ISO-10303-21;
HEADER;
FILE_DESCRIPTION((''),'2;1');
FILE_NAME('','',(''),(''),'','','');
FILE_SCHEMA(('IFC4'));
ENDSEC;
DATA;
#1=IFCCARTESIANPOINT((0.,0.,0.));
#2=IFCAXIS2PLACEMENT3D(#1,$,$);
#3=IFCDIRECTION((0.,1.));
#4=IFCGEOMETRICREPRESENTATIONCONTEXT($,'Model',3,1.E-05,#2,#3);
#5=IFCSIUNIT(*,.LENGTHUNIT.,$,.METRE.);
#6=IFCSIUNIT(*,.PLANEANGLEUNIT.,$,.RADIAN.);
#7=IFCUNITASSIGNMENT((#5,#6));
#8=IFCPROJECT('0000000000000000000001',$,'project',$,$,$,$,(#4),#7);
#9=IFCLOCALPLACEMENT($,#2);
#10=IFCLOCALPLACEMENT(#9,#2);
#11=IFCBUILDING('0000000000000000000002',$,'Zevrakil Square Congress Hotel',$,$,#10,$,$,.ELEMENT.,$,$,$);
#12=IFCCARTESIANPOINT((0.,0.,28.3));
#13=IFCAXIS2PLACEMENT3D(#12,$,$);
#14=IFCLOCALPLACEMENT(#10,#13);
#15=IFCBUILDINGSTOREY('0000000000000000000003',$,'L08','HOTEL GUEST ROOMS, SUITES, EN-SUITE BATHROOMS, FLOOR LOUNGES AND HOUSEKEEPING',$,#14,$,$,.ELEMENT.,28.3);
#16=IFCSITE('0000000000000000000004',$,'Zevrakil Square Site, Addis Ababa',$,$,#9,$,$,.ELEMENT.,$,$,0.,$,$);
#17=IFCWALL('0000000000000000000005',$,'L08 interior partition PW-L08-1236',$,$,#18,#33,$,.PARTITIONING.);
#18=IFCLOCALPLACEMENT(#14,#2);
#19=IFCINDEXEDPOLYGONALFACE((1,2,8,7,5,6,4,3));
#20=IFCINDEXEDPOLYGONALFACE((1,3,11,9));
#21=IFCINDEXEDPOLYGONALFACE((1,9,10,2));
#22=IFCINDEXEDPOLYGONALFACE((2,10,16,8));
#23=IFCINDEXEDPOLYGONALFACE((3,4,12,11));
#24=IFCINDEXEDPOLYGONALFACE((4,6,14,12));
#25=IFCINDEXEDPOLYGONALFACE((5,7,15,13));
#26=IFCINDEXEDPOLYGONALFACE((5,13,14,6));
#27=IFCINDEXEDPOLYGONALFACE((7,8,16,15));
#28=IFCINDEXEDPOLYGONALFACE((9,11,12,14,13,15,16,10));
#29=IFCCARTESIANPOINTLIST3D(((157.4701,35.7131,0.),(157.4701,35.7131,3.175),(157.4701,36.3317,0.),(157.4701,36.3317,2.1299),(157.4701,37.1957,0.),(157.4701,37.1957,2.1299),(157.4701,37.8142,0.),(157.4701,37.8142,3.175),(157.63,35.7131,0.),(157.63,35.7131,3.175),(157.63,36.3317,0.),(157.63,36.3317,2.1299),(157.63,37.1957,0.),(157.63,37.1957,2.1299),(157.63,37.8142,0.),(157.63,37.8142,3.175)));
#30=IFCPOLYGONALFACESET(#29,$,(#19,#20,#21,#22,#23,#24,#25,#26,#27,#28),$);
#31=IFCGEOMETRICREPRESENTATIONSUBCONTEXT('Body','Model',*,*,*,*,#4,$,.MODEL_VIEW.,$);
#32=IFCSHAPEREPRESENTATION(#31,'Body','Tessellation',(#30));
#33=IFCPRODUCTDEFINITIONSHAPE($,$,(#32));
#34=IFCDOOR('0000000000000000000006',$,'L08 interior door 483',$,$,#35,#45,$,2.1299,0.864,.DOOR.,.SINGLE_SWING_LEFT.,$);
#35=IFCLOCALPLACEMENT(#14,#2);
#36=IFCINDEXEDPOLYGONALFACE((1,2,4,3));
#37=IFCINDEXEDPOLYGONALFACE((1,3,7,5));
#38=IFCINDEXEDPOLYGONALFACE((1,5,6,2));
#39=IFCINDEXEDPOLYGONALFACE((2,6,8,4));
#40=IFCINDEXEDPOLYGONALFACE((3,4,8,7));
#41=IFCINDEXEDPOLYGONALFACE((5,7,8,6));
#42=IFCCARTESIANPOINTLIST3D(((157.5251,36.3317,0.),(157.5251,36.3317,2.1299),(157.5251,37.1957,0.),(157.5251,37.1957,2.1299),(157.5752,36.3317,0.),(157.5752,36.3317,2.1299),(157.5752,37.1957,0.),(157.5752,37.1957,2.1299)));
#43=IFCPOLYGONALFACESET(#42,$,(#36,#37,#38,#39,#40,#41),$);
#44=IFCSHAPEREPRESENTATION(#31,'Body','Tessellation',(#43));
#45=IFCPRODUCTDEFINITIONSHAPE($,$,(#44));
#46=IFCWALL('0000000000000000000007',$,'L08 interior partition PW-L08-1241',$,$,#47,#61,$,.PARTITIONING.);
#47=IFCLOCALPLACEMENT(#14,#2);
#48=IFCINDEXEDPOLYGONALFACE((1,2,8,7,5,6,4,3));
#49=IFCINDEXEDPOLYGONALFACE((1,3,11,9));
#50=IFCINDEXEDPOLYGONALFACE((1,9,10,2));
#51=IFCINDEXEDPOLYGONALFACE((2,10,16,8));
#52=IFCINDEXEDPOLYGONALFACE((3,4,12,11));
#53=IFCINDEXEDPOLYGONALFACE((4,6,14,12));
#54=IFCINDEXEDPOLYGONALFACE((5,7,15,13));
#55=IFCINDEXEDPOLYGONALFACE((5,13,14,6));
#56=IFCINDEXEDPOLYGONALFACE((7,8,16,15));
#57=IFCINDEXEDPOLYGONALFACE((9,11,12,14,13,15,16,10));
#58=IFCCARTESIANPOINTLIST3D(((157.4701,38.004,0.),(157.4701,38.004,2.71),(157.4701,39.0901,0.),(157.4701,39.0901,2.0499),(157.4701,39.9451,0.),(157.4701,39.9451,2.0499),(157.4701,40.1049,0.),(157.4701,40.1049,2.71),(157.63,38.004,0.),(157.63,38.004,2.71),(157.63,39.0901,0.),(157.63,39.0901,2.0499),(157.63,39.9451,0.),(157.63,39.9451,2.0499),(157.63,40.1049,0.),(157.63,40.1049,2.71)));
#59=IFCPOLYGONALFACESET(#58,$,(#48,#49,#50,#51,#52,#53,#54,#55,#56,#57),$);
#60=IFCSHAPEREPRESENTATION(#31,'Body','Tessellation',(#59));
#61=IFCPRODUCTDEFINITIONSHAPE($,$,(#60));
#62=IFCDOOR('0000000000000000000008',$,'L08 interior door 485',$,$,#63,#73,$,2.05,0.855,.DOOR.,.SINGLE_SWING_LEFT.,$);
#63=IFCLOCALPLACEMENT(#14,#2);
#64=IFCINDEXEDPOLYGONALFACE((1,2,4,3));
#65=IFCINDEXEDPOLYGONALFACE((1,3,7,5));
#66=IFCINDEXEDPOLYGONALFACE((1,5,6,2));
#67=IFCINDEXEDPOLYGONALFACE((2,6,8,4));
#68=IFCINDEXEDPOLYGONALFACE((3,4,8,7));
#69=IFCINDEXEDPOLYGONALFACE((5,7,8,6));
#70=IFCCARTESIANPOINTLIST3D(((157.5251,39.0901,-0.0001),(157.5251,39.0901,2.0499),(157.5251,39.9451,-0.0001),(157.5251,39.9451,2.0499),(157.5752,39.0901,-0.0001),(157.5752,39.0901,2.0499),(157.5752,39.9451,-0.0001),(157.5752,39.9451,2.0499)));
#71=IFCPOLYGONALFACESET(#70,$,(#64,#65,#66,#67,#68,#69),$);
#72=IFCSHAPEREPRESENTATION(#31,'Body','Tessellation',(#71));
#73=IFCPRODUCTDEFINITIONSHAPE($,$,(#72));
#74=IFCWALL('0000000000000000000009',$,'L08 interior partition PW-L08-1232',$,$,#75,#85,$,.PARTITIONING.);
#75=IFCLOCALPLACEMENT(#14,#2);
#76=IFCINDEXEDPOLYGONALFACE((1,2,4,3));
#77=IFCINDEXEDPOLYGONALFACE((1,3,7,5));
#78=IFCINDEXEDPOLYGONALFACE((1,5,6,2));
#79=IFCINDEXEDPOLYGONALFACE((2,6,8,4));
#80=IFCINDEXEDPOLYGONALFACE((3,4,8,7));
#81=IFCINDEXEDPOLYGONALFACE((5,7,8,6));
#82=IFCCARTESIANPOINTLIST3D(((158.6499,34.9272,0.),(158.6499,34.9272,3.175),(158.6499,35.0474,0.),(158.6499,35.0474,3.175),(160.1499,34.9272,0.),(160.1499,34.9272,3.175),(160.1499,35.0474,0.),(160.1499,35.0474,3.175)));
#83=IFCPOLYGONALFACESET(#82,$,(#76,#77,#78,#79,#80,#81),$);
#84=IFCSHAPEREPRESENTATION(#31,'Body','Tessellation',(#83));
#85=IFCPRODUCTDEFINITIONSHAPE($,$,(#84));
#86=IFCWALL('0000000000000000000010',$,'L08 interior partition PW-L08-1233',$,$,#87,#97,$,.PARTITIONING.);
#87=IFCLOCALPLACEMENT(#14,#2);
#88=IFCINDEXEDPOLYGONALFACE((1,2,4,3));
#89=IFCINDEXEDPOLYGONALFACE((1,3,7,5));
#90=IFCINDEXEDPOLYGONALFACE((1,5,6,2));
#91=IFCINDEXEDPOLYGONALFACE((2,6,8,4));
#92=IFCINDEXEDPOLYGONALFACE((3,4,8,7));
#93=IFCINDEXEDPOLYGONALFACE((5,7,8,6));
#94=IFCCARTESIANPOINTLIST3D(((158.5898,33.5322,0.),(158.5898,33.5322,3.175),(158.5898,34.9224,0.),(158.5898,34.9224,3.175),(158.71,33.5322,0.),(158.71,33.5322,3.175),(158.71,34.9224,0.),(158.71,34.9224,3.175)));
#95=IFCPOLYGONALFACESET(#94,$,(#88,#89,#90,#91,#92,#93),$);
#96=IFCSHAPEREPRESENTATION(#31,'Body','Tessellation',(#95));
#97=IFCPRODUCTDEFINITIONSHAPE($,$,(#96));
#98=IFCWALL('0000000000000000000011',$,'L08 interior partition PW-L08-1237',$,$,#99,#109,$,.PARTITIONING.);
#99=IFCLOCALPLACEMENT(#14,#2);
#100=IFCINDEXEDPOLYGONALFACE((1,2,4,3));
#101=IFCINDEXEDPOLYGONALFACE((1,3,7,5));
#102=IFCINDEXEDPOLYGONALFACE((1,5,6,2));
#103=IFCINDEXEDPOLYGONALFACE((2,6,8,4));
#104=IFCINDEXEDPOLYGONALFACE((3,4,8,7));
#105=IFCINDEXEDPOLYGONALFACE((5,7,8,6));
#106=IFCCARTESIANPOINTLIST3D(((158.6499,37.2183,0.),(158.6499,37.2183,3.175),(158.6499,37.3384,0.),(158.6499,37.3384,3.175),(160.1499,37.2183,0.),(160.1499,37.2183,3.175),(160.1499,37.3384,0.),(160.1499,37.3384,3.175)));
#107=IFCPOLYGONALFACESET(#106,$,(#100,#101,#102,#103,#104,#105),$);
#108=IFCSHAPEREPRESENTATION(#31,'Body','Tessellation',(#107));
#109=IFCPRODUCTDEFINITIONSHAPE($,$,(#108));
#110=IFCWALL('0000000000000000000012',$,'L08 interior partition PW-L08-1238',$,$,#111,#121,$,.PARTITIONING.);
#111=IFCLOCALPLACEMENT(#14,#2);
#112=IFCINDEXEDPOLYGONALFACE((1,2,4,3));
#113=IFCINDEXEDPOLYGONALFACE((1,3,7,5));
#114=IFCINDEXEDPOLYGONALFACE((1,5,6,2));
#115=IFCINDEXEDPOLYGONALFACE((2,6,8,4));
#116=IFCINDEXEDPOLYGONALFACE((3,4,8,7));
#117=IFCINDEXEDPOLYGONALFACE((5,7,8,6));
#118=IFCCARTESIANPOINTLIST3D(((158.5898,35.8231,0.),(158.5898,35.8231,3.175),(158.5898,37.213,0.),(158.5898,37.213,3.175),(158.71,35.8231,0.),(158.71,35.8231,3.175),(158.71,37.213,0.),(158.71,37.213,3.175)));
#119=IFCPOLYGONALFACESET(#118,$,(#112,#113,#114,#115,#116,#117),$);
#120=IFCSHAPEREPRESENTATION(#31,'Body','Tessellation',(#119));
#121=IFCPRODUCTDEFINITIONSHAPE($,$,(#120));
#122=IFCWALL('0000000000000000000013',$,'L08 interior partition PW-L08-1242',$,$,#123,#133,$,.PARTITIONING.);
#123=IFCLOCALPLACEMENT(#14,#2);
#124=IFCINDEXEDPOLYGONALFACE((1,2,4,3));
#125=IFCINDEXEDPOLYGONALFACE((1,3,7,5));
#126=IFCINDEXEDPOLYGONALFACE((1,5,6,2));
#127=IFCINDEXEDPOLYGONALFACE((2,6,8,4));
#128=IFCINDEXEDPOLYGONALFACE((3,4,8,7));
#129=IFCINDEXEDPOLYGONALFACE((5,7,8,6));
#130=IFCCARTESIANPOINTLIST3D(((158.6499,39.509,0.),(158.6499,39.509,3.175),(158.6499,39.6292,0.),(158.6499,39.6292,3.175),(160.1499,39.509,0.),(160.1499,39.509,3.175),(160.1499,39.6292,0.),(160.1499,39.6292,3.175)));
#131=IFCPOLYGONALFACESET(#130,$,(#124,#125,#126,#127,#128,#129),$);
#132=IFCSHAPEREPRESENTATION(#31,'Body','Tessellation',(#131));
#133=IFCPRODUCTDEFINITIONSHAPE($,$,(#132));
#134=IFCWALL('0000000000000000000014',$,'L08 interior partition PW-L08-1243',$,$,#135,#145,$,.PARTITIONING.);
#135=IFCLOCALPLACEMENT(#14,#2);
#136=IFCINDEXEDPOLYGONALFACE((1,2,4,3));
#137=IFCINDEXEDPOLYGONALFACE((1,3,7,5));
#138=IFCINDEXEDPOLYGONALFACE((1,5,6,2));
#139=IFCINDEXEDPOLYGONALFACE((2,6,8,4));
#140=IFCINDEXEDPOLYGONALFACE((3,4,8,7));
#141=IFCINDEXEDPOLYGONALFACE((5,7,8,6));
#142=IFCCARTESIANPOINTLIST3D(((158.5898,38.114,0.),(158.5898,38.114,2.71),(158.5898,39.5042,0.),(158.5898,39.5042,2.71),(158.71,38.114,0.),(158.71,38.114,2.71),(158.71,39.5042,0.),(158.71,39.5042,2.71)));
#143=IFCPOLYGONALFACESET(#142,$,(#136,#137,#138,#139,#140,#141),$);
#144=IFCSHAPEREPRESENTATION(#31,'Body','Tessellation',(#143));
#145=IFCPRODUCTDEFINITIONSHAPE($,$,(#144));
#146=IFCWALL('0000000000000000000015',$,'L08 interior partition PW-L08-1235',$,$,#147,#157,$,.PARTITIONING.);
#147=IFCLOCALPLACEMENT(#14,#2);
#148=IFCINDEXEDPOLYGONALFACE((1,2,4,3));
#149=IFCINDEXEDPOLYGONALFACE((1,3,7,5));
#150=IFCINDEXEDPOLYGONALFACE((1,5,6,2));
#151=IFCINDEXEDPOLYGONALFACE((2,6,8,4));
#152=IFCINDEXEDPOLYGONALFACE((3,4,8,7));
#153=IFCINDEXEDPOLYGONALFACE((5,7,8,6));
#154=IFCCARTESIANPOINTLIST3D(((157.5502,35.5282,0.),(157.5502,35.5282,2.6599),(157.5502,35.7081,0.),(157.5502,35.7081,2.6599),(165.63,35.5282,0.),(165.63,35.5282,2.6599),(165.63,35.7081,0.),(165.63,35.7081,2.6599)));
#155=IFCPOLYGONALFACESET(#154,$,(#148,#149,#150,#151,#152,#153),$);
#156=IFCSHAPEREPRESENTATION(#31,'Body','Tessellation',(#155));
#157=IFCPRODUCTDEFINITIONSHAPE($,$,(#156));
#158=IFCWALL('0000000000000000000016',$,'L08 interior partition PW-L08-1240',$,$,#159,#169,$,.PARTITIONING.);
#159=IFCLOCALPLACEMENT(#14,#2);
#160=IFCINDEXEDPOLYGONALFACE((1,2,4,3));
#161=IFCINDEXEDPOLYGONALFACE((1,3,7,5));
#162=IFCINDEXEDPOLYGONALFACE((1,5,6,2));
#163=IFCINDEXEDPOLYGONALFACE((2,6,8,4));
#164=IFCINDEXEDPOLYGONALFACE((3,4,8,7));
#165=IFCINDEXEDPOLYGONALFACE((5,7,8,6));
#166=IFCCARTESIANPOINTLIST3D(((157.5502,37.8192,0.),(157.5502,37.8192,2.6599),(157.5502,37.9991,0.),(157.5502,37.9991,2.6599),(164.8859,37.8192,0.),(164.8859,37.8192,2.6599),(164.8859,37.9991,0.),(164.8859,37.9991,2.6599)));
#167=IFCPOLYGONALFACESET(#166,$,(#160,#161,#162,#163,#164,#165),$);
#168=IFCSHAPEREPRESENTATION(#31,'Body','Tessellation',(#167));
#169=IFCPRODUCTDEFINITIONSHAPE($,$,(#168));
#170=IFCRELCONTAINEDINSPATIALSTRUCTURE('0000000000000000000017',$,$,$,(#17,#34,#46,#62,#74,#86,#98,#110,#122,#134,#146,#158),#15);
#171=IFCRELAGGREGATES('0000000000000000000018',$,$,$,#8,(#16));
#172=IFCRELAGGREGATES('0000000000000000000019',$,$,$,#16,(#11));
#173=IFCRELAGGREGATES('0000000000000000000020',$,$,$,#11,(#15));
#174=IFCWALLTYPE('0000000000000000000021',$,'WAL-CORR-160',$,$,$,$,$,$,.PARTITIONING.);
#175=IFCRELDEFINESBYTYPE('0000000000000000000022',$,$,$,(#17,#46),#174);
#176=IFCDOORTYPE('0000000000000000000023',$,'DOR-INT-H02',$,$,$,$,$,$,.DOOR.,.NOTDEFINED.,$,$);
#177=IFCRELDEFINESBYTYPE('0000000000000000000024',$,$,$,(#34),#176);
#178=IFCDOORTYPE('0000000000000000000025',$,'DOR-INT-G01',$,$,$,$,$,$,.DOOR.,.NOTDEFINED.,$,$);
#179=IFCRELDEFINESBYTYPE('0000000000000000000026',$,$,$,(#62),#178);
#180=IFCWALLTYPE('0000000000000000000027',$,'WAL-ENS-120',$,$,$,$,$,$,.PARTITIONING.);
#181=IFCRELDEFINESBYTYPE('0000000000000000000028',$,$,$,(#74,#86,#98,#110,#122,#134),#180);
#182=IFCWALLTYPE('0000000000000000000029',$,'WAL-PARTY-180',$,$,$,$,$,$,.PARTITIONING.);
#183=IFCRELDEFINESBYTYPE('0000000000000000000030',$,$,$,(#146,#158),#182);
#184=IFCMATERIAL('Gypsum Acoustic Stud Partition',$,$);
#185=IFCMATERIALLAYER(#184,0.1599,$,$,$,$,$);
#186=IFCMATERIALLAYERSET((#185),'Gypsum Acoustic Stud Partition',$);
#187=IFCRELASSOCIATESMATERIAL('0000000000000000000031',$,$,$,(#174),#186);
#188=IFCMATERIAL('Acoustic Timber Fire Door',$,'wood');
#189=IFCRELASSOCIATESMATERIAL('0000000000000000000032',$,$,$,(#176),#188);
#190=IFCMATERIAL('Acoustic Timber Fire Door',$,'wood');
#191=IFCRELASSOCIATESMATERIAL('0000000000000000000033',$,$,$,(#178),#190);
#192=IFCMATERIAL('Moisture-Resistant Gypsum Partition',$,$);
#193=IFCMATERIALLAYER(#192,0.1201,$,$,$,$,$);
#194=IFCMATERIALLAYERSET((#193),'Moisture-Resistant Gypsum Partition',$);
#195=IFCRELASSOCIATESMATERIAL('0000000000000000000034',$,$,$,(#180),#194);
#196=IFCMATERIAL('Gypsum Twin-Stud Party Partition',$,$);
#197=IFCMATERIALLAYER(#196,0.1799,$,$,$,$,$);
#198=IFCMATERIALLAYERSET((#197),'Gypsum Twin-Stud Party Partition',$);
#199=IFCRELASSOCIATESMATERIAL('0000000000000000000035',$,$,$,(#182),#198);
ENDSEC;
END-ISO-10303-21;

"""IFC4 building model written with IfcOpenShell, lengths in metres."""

from ifc_helpers import new_model, si_unit, direction, frame, frame_2d, origin, place, context, subcontext, project, spatial, rectangle, extrude, material, layer, layer_set, type_object, element, fill, save


model = new_model("IFC4")

# Units and contexts
model_context = context("Model", 3, precision=1e-05, world=origin(), true_north=direction((0.0, 1.0)))
body_context = subcontext(model_context, "Body", "Model", "MODEL_VIEW")
ifc_project = project(units=[si_unit("LENGTHUNIT", "METRE"), si_unit("PLANEANGLEUNIT", "RADIAN")], contexts=[model_context])

# Site, building, storey
site_placement = place(None, origin())
site = spatial("IfcSite", under=ifc_project, at=site_placement, Name="Zevrakil Square Site, Addis Ababa", CompositionType="ELEMENT", RefElevation=0.0)
building_placement = place(site_placement, origin())
building = spatial("IfcBuilding", under=site, at=building_placement, Name="Zevrakil Square Congress Hotel", CompositionType="ELEMENT")
storey_placement = place(building_placement, frame((0.0, 0.0, 28.3)))
storey = spatial("IfcBuildingStorey", under=building, at=storey_placement, Name="L08", Description="HOTEL GUEST ROOMS, SUITES, EN-SUITE BATHROOMS, FLOOR LOUNGES AND HOUSEKEEPING", CompositionType="ELEMENT", Elevation=28.3)

# Walls, openings, doors
ifc_material_1 = material(Name="Gypsum Acoustic Stud Partition")
ifc_layer_1 = layer(ifc_material_1, 0.1599)
ifc_layer_set_1 = layer_set([ifc_layer_1], Name="Gypsum Acoustic Stud Partition")
wall_type_1 = type_object("IfcWallType", Name="WAL-CORR-160", PredefinedType="PARTITIONING", material=ifc_layer_set_1)
wall_1_placement = place(storey_placement, frame((157.55, 35.7131, 0.0), z_axis=(0.0, 0.0, 1.0), x_axis=(0.0, 1.0, 0.0)))
wall_1 = element("IfcWall", 1, at=wall_1_placement, inside=storey, type_object=wall_type_1, Name="L08 interior partition PW-L08-1236", PredefinedType="PARTITIONING", context=body_context, shape_type="SweptSolid", body=[
    extrude(rectangle(XDim=2.1011, YDim=0.1599, at=frame_2d((1.0505, 0.0))), origin(), (0.0, 0.0, 1.0), 3.175),
])
opening_1_placement = place(wall_1_placement, frame((0.6184, 0.0, 0.0)))
opening_1 = element("IfcOpeningElement", 2, at=opening_1_placement, cuts=wall_1, PredefinedType="OPENING", context=body_context, shape_type="SweptSolid", body=[
    extrude(rectangle(XDim=0.864, YDim=2.1299, at=frame_2d((0.4321, 1.0649))), frame((0.0, 0.0898, 0.0), z_axis=(0.0, -1.0, 0.0), x_axis=(1.0, 0.0, 0.0)), (0.0, 0.0, 1.0), 0.1799),
])
ifc_material_2 = material(Name="Acoustic Timber Fire Door", Category="wood")
door_type_1 = type_object("IfcDoorType", Name="DOR-INT-H02", OperationType="NOTDEFINED", PredefinedType="DOOR", material=ifc_material_2)
door_1_placement = place(opening_1_placement, origin())
door_1 = element("IfcDoor", 3, at=door_1_placement, inside=storey, type_object=door_type_1, Name="L08 interior door 483", OperationType="SINGLE_SWING_LEFT", OverallHeight=2.1299, OverallWidth=0.864, PredefinedType="DOOR", context=body_context, shape_type="SweptSolid", body=[
    extrude(rectangle(XDim=0.864, YDim=2.1299, at=frame_2d((0.4321, 1.0649))), frame((0.0, 0.0249, 0.0), z_axis=(0.0, -1.0, 0.0), x_axis=(1.0, 0.0, 0.0)), (0.0, 0.0, 1.0), 0.05),
])
fill(opening_1, door_1)
wall_2_placement = place(storey_placement, frame((157.55, 38.0042, 0.0), z_axis=(0.0, 0.0, 1.0), x_axis=(0.0, 1.0, 0.0)))
wall_2 = element("IfcWall", 4, at=wall_2_placement, inside=storey, type_object=wall_type_1, Name="L08 interior partition PW-L08-1241", PredefinedType="PARTITIONING", context=body_context, shape_type="SweptSolid", body=[
    extrude(rectangle(XDim=2.1008, YDim=0.1599, at=frame_2d((1.0503, 0.0))), origin(), (0.0, 0.0, 1.0), 2.71),
])
opening_2_placement = place(wall_2_placement, frame((1.0859, 0.0, 0.0)))
opening_2 = element("IfcOpeningElement", 5, at=opening_2_placement, cuts=wall_2, PredefinedType="OPENING", context=body_context, shape_type="SweptSolid", body=[
    extrude(rectangle(XDim=0.855, YDim=2.05, at=frame_2d((0.4275, 1.0249))), frame((0.0, 0.0898, 0.0), z_axis=(0.0, -1.0, 0.0), x_axis=(1.0, 0.0, 0.0)), (0.0, 0.0, 1.0), 0.1799),
])
ifc_material_3 = material(Name="Acoustic Timber Fire Door", Category="wood")
door_type_2 = type_object("IfcDoorType", Name="DOR-INT-G01", OperationType="NOTDEFINED", PredefinedType="DOOR", material=ifc_material_3)
door_2_placement = place(opening_2_placement, origin())
door_2 = element("IfcDoor", 6, at=door_2_placement, inside=storey, type_object=door_type_2, Name="L08 interior door 485", OperationType="SINGLE_SWING_LEFT", OverallHeight=2.05, OverallWidth=0.855, PredefinedType="DOOR", context=body_context, shape_type="SweptSolid", body=[
    extrude(rectangle(XDim=0.855, YDim=2.05, at=frame_2d((0.4275, 1.0249))), frame((0.0, 0.0249, 0.0), z_axis=(0.0, -1.0, 0.0), x_axis=(1.0, 0.0, 0.0)), (0.0, 0.0, 1.0), 0.05),
])
fill(opening_2, door_2)

# Walls
ifc_material_4 = material(Name="Moisture-Resistant Gypsum Partition")
ifc_layer_2 = layer(ifc_material_4, 0.1201)
ifc_layer_set_2 = layer_set([ifc_layer_2], Name="Moisture-Resistant Gypsum Partition")
wall_type_2 = type_object("IfcWallType", Name="WAL-ENS-120", PredefinedType="PARTITIONING", material=ifc_layer_set_2)
wall_3_placement = place(storey_placement, frame((158.6499, 34.9873, 0.0), z_axis=(0.0, 0.0, 1.0), x_axis=(1.0, 0.0, 0.0)))
element("IfcWall", 7, at=wall_3_placement, inside=storey, type_object=wall_type_2, Name="L08 interior partition PW-L08-1232", PredefinedType="PARTITIONING", context=body_context, shape_type="SweptSolid", body=[
    extrude(rectangle(XDim=1.5, YDim=0.1201, at=frame_2d((0.75, 0.0))), origin(), (0.0, 0.0, 1.0), 3.175),
])
wall_4_placement = place(storey_placement, frame((158.6499, 33.5322, 0.0), z_axis=(0.0, 0.0, 1.0), x_axis=(0.0, 1.0, 0.0)))
element("IfcWall", 8, at=wall_4_placement, inside=storey, type_object=wall_type_2, Name="L08 interior partition PW-L08-1233", PredefinedType="PARTITIONING", context=body_context, shape_type="SweptSolid", body=[
    extrude(rectangle(XDim=1.3901, YDim=0.1201, at=frame_2d((0.6951, 0.0))), origin(), (0.0, 0.0, 1.0), 3.175),
])
wall_5_placement = place(storey_placement, frame((158.6499, 37.2783, 0.0), z_axis=(0.0, 0.0, 1.0), x_axis=(1.0, 0.0, 0.0)))
element("IfcWall", 9, at=wall_5_placement, inside=storey, type_object=wall_type_2, Name="L08 interior partition PW-L08-1237", PredefinedType="PARTITIONING", context=body_context, shape_type="SweptSolid", body=[
    extrude(rectangle(XDim=1.5, YDim=0.1201, at=frame_2d((0.75, 0.0))), origin(), (0.0, 0.0, 1.0), 3.175),
])
wall_6_placement = place(storey_placement, frame((158.6499, 35.8232, 0.0), z_axis=(0.0, 0.0, 1.0), x_axis=(0.0, 1.0, 0.0)))
element("IfcWall", 10, at=wall_6_placement, inside=storey, type_object=wall_type_2, Name="L08 interior partition PW-L08-1238", PredefinedType="PARTITIONING", context=body_context, shape_type="SweptSolid", body=[
    extrude(rectangle(XDim=1.3899, YDim=0.1201, at=frame_2d((0.6948, 0.0))), origin(), (0.0, 0.0, 1.0), 3.175),
])
wall_7_placement = place(storey_placement, frame((158.6499, 39.5691, 0.0), z_axis=(0.0, 0.0, 1.0), x_axis=(1.0, 0.0, 0.0)))
element("IfcWall", 11, at=wall_7_placement, inside=storey, type_object=wall_type_2, Name="L08 interior partition PW-L08-1242", PredefinedType="PARTITIONING", context=body_context, shape_type="SweptSolid", body=[
    extrude(rectangle(XDim=1.5, YDim=0.1201, at=frame_2d((0.75, 0.0))), origin(), (0.0, 0.0, 1.0), 3.175),
])
wall_8_placement = place(storey_placement, frame((158.6499, 38.114, 0.0), z_axis=(0.0, 0.0, 1.0), x_axis=(0.0, 1.0, 0.0)))
element("IfcWall", 12, at=wall_8_placement, inside=storey, type_object=wall_type_2, Name="L08 interior partition PW-L08-1243", PredefinedType="PARTITIONING", context=body_context, shape_type="SweptSolid", body=[
    extrude(rectangle(XDim=1.3901, YDim=0.1201, at=frame_2d((0.6951, 0.0))), origin(), (0.0, 0.0, 1.0), 2.71),
])
ifc_material_5 = material(Name="Gypsum Twin-Stud Party Partition")
ifc_layer_3 = layer(ifc_material_5, 0.1799)
ifc_layer_set_3 = layer_set([ifc_layer_3], Name="Gypsum Twin-Stud Party Partition")
wall_type_3 = type_object("IfcWallType", Name="WAL-PARTY-180", PredefinedType="PARTITIONING", material=ifc_layer_set_3)
wall_9_placement = place(storey_placement, frame((157.55, 35.6182, 0.0), z_axis=(0.0, 0.0, 1.0), x_axis=(1.0, 0.0, 0.0)))
element("IfcWall", 13, at=wall_9_placement, inside=storey, type_object=wall_type_3, Name="L08 interior partition PW-L08-1235", PredefinedType="PARTITIONING", context=body_context, shape_type="SweptSolid", body=[
    extrude(rectangle(XDim=8.0798, YDim=0.1799, at=frame_2d((4.04, 0.0))), origin(), (0.0, 0.0, 1.0), 2.6599),
])
wall_10_placement = place(storey_placement, frame((157.55, 37.9092, 0.0), z_axis=(0.0, 0.0, 1.0), x_axis=(1.0, 0.0, 0.0)))
element("IfcWall", 14, at=wall_10_placement, inside=storey, type_object=wall_type_3, Name="L08 interior partition PW-L08-1240", PredefinedType="PARTITIONING", context=body_context, shape_type="SweptSolid", body=[
    extrude(rectangle(XDim=7.3357, YDim=0.1799, at=frame_2d((3.668, 0.0))), origin(), (0.0, 0.0, 1.0), 2.6599),
])

save(model, "model.ifc")
